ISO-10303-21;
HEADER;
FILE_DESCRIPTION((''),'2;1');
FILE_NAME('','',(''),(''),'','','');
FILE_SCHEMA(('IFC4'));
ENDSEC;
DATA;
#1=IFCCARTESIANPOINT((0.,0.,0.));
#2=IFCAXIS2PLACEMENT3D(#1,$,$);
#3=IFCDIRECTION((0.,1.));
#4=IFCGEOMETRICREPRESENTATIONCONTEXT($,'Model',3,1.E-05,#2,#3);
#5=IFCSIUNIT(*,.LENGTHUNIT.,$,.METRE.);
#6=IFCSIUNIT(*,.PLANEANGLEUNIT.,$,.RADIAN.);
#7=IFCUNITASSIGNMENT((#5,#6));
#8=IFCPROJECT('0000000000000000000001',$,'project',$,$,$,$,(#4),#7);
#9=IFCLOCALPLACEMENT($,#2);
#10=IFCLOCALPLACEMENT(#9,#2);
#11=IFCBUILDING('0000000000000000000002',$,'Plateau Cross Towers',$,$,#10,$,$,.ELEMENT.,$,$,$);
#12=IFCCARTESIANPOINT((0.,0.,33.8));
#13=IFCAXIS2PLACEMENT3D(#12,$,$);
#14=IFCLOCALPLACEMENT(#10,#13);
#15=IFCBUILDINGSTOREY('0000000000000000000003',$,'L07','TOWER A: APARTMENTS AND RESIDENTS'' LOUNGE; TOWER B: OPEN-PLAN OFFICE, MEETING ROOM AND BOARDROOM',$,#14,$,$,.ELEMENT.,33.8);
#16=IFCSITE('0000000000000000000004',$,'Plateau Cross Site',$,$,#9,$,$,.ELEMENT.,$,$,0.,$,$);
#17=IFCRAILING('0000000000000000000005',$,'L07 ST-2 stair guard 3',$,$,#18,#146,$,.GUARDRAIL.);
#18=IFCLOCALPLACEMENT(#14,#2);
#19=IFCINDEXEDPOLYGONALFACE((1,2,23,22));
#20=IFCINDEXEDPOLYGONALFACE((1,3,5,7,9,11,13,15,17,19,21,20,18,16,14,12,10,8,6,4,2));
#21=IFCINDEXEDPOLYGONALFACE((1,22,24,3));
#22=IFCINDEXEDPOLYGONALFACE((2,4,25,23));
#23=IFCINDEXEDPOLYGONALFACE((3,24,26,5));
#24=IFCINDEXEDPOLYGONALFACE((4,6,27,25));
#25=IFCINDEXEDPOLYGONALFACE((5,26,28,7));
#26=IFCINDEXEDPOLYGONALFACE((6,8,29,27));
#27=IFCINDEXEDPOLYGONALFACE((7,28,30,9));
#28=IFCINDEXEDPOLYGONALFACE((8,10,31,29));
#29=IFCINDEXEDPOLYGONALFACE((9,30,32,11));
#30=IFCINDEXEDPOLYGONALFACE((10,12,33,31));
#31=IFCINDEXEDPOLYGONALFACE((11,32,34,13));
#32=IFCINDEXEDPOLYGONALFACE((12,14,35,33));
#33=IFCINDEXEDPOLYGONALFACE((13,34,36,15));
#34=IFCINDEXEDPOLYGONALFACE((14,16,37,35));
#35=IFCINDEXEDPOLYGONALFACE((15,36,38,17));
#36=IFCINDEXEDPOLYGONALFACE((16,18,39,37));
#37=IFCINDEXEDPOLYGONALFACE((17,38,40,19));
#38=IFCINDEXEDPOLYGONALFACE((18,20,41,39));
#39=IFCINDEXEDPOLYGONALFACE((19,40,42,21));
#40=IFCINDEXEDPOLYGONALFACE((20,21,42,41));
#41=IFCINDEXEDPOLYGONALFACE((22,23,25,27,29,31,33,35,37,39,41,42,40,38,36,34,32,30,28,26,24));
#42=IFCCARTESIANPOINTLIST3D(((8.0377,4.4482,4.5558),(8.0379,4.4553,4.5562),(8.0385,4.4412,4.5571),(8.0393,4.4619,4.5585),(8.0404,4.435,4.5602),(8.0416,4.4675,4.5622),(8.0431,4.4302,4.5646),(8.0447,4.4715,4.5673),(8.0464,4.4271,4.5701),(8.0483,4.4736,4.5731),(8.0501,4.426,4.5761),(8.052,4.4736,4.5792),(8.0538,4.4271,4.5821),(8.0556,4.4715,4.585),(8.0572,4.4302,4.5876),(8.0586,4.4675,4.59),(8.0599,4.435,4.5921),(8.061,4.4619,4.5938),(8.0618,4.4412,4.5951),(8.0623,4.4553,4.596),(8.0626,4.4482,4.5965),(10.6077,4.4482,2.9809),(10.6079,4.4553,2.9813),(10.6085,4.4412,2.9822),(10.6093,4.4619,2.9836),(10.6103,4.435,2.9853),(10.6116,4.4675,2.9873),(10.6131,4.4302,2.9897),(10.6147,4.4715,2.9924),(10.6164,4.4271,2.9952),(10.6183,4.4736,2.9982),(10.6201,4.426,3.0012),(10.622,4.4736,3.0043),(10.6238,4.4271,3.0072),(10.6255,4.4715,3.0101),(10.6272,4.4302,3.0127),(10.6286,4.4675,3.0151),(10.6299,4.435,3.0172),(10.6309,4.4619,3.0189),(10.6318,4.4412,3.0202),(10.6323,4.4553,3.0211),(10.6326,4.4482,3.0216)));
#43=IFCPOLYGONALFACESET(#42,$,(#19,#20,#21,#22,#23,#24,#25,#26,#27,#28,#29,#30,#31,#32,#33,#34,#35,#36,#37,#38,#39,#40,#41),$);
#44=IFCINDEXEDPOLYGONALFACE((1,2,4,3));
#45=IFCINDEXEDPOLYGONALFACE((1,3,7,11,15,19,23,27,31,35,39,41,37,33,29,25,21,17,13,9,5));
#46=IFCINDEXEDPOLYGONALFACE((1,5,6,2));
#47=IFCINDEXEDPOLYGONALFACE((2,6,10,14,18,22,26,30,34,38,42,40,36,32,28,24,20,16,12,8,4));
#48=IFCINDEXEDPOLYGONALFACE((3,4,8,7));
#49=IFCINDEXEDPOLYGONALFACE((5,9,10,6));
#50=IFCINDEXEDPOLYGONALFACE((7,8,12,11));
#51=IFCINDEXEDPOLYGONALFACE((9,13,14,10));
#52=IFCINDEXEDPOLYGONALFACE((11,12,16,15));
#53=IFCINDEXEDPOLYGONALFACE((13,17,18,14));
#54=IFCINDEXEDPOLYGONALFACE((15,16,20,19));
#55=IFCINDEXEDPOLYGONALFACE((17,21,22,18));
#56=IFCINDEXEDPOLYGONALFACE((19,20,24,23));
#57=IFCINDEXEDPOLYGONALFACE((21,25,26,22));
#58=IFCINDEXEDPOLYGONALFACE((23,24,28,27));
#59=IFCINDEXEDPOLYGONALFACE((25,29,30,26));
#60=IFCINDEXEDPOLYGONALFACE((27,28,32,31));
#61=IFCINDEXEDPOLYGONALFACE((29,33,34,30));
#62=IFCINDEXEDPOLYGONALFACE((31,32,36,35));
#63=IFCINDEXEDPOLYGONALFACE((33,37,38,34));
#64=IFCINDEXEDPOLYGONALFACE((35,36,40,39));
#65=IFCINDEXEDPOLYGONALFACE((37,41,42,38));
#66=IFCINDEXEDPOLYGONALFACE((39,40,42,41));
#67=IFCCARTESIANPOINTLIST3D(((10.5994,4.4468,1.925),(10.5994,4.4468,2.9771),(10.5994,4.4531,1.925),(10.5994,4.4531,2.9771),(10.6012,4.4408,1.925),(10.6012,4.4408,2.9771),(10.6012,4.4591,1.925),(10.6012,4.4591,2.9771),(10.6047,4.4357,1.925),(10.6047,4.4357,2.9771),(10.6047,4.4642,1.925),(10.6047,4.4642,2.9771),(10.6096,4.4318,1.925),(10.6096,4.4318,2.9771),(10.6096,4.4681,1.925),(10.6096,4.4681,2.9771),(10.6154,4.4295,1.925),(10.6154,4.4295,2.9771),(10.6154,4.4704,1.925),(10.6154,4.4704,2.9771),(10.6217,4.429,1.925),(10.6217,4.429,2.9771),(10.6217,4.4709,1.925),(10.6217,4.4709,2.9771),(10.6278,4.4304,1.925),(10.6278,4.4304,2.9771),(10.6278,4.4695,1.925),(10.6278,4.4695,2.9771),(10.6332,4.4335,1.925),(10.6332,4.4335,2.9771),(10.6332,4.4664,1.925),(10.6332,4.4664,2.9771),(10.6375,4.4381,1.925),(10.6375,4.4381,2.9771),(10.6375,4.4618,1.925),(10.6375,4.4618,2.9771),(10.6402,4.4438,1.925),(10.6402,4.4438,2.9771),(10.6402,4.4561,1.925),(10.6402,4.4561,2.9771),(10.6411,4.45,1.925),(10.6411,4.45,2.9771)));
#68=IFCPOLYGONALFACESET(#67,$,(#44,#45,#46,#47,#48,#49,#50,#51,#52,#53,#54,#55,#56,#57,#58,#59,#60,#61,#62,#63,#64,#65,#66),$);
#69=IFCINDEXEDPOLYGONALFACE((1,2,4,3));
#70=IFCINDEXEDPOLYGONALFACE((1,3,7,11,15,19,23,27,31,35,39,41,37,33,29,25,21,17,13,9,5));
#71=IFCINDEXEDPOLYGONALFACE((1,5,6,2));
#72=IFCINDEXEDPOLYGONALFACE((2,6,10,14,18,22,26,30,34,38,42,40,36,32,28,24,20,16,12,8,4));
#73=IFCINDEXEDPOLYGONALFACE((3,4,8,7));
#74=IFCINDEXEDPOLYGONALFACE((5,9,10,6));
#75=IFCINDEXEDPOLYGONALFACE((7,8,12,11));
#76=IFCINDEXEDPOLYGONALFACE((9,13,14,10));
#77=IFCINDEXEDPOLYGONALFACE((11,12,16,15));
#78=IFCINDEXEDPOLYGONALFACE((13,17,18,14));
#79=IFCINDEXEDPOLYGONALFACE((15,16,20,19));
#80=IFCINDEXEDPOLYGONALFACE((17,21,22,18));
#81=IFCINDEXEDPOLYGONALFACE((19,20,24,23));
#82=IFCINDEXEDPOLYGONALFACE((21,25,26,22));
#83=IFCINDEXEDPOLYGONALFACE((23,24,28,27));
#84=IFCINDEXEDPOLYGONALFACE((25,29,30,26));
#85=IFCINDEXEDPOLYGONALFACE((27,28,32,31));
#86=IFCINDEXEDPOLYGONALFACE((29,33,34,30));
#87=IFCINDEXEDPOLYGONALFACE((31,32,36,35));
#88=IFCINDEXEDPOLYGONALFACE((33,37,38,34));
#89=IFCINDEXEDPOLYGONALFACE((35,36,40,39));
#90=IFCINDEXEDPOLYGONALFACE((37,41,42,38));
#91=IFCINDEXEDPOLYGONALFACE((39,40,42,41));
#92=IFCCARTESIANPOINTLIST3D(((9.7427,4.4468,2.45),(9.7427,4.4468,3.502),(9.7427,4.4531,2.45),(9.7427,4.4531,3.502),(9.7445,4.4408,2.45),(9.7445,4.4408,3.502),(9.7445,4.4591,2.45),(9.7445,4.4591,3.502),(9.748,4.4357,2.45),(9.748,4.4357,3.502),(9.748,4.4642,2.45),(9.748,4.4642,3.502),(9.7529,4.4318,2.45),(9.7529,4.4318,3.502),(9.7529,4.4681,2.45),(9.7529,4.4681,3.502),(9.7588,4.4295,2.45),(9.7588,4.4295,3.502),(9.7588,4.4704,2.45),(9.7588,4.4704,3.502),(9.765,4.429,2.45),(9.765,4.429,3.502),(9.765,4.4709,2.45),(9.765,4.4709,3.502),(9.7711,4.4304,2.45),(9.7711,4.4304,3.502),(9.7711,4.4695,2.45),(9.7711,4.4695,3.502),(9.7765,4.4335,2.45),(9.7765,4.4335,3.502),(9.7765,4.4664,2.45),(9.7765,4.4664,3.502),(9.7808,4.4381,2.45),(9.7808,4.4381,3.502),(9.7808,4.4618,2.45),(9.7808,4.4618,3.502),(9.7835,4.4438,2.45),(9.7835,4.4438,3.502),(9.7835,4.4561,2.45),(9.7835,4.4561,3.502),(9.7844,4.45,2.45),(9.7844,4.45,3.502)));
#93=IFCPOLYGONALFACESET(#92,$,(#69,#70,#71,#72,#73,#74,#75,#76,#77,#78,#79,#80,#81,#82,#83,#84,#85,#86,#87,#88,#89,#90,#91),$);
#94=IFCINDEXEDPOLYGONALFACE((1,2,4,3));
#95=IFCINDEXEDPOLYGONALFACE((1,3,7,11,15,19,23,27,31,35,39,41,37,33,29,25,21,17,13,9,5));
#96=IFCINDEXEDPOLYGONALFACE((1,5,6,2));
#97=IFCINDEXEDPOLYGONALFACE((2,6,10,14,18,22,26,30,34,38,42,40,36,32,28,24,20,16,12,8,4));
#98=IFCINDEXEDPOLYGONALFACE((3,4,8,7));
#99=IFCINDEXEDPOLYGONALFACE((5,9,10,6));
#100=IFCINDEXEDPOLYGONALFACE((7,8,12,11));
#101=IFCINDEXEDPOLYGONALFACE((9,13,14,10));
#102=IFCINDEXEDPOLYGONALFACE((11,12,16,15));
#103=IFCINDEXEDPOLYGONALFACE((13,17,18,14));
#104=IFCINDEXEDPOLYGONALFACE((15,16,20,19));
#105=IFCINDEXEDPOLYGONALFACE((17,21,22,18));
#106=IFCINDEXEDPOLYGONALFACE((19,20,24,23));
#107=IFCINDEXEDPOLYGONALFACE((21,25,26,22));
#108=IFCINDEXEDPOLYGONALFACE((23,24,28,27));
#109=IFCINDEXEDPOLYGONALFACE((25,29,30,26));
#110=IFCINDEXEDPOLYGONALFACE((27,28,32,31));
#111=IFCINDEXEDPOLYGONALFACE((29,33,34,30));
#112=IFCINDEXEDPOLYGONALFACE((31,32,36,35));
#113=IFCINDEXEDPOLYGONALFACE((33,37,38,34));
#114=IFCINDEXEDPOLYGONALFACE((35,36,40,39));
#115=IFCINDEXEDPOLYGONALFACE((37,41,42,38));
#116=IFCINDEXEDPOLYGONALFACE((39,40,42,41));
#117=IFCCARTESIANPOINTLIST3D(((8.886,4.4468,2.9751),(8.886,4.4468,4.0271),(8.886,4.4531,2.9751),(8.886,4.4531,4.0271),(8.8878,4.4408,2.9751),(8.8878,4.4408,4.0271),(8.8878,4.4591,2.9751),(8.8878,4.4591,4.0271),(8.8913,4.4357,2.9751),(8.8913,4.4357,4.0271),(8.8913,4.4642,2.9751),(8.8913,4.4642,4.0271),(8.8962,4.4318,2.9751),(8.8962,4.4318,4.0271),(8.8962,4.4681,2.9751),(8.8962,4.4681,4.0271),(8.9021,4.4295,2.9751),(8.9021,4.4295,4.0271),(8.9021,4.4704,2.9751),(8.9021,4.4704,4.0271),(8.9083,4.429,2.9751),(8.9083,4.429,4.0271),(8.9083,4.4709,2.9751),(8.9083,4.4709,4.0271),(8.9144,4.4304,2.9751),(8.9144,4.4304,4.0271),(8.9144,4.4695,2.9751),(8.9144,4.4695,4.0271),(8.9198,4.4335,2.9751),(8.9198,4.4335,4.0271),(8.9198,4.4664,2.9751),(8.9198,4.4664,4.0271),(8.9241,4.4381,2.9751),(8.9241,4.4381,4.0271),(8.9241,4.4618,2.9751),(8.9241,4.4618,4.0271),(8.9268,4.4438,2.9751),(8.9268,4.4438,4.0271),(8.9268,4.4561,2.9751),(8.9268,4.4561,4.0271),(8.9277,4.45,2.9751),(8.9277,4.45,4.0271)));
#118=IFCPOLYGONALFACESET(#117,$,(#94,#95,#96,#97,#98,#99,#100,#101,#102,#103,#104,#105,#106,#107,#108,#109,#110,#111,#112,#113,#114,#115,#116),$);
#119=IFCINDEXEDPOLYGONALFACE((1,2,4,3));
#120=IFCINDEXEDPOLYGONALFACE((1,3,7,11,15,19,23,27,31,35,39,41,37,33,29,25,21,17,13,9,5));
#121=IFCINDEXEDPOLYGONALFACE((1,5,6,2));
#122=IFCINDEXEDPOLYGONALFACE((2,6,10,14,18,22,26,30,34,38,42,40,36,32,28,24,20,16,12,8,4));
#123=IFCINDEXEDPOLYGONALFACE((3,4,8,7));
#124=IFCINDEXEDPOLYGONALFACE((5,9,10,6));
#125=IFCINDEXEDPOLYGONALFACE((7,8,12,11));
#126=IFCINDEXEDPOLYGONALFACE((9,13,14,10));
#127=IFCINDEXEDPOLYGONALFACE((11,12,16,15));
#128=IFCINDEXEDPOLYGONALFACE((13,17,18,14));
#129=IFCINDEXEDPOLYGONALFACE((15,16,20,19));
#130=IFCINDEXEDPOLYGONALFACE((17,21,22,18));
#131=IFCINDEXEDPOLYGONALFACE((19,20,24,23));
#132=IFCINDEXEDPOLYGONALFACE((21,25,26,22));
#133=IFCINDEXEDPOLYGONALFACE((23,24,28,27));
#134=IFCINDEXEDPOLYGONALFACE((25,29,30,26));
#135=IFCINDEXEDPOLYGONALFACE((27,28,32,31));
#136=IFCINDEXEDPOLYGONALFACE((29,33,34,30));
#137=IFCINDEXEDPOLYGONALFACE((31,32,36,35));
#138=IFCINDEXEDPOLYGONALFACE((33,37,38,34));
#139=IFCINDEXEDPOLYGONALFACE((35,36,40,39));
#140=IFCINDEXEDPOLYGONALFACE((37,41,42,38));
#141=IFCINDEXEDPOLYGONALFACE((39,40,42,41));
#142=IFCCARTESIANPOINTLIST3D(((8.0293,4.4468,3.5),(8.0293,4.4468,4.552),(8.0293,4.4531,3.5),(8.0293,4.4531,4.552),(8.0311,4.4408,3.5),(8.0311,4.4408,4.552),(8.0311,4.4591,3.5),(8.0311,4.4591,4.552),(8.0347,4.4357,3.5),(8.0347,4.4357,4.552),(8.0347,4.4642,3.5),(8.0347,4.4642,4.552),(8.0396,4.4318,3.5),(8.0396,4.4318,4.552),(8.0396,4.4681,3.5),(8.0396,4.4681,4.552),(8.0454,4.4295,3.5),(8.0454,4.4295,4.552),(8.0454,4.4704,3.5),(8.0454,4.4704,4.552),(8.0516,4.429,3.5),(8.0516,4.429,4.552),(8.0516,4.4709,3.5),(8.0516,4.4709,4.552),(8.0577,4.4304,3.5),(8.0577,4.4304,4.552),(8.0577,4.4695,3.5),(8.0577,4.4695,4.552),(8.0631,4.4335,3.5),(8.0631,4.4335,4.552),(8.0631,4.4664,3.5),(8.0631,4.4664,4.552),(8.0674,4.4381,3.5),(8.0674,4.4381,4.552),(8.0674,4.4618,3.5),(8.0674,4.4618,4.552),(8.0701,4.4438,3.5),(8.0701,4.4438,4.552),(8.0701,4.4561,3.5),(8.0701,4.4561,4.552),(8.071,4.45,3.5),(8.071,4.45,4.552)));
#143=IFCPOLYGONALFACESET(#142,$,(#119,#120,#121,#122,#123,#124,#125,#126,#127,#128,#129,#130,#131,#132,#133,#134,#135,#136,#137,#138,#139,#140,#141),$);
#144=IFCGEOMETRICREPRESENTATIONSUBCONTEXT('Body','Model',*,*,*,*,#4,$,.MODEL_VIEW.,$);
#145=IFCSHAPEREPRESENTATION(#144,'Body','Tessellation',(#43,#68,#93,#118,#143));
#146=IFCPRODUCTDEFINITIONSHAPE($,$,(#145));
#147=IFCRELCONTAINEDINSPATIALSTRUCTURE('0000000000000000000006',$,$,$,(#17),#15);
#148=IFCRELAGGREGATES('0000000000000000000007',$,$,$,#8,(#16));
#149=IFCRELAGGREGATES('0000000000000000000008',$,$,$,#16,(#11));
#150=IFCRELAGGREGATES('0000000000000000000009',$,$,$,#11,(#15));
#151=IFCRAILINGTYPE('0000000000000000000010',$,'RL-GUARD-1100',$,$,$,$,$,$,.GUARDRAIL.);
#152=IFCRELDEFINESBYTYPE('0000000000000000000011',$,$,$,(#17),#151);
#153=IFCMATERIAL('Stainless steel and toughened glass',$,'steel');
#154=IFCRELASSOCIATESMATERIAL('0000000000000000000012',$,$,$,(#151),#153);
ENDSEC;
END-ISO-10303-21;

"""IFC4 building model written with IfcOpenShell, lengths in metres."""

from ifc_helpers import new_model, si_unit, direction, frame, origin, origin_2d, place, context, subcontext, project, spatial, circle, extrude, material, type_object, element, save


model = new_model("IFC4")

# Units and contexts
model_context = context("Model", 3, precision=1e-05, world=origin(), true_north=direction((0.0, 1.0)))
body_context = subcontext(model_context, "Body", "Model", "MODEL_VIEW")
ifc_project = project(units=[si_unit("LENGTHUNIT", "METRE"), si_unit("PLANEANGLEUNIT", "RADIAN")], contexts=[model_context])

# Site, building, storey
site_placement = place(None, origin())
site = spatial("IfcSite", under=ifc_project, at=site_placement, Name="Plateau Cross Site", CompositionType="ELEMENT", RefElevation=0.0)
building_placement = place(site_placement, origin())
building = spatial("IfcBuilding", under=site, at=building_placement, Name="Plateau Cross Towers", CompositionType="ELEMENT")
storey_placement = place(building_placement, frame((0.0, 0.0, 33.8)))
storey = spatial("IfcBuildingStorey", under=building, at=storey_placement, Name="L07", Description="TOWER A: APARTMENTS AND RESIDENTS' LOUNGE; TOWER B: OPEN-PLAN OFFICE, MEETING ROOM AND BOARDROOM", CompositionType="ELEMENT", Elevation=33.8)

# Railing
ifc_material_1 = material(Name="Stainless steel and toughened glass", Category="steel")
railing_type_1 = type_object("IfcRailingType", Name="RL-GUARD-1100", PredefinedType="GUARDRAIL", material=ifc_material_1)
railing_1_placement = place(storey_placement, frame((10.6201, 4.45, 1.925)))
element("IfcRailing", 1, at=railing_1_placement, inside=storey, type_object=railing_type_1, Name="L07 ST-2 stair guard 3", PredefinedType="GUARDRAIL", context=body_context, shape_type="SweptSolid", body=[
    extrude(circle(Radius=0.0239, at=origin_2d()), frame((0.0, 0.0, 1.0762), z_axis=(-0.852639, 0.0, 0.522501), x_axis=(0.0, -1.0, 0.0)), (0.0, 0.0, 1.0), 3.0142),
    extrude(circle(Radius=0.021, at=origin_2d()), origin(), (0.0, 0.0, 1.0), 1.052),
    extrude(circle(Radius=0.021, at=origin_2d()), frame((-0.8567, 0.0, 0.5249)), (0.0, 0.0, 1.0), 1.052),
    extrude(circle(Radius=0.021, at=origin_2d()), frame((-1.7134, 0.0, 1.05)), (0.0, 0.0, 1.0), 1.052),
    extrude(circle(Radius=0.021, at=origin_2d()), frame((-2.5701, 0.0, 1.575)), (0.0, 0.0, 1.0), 1.052),
])

save(model, "model.ifc")
